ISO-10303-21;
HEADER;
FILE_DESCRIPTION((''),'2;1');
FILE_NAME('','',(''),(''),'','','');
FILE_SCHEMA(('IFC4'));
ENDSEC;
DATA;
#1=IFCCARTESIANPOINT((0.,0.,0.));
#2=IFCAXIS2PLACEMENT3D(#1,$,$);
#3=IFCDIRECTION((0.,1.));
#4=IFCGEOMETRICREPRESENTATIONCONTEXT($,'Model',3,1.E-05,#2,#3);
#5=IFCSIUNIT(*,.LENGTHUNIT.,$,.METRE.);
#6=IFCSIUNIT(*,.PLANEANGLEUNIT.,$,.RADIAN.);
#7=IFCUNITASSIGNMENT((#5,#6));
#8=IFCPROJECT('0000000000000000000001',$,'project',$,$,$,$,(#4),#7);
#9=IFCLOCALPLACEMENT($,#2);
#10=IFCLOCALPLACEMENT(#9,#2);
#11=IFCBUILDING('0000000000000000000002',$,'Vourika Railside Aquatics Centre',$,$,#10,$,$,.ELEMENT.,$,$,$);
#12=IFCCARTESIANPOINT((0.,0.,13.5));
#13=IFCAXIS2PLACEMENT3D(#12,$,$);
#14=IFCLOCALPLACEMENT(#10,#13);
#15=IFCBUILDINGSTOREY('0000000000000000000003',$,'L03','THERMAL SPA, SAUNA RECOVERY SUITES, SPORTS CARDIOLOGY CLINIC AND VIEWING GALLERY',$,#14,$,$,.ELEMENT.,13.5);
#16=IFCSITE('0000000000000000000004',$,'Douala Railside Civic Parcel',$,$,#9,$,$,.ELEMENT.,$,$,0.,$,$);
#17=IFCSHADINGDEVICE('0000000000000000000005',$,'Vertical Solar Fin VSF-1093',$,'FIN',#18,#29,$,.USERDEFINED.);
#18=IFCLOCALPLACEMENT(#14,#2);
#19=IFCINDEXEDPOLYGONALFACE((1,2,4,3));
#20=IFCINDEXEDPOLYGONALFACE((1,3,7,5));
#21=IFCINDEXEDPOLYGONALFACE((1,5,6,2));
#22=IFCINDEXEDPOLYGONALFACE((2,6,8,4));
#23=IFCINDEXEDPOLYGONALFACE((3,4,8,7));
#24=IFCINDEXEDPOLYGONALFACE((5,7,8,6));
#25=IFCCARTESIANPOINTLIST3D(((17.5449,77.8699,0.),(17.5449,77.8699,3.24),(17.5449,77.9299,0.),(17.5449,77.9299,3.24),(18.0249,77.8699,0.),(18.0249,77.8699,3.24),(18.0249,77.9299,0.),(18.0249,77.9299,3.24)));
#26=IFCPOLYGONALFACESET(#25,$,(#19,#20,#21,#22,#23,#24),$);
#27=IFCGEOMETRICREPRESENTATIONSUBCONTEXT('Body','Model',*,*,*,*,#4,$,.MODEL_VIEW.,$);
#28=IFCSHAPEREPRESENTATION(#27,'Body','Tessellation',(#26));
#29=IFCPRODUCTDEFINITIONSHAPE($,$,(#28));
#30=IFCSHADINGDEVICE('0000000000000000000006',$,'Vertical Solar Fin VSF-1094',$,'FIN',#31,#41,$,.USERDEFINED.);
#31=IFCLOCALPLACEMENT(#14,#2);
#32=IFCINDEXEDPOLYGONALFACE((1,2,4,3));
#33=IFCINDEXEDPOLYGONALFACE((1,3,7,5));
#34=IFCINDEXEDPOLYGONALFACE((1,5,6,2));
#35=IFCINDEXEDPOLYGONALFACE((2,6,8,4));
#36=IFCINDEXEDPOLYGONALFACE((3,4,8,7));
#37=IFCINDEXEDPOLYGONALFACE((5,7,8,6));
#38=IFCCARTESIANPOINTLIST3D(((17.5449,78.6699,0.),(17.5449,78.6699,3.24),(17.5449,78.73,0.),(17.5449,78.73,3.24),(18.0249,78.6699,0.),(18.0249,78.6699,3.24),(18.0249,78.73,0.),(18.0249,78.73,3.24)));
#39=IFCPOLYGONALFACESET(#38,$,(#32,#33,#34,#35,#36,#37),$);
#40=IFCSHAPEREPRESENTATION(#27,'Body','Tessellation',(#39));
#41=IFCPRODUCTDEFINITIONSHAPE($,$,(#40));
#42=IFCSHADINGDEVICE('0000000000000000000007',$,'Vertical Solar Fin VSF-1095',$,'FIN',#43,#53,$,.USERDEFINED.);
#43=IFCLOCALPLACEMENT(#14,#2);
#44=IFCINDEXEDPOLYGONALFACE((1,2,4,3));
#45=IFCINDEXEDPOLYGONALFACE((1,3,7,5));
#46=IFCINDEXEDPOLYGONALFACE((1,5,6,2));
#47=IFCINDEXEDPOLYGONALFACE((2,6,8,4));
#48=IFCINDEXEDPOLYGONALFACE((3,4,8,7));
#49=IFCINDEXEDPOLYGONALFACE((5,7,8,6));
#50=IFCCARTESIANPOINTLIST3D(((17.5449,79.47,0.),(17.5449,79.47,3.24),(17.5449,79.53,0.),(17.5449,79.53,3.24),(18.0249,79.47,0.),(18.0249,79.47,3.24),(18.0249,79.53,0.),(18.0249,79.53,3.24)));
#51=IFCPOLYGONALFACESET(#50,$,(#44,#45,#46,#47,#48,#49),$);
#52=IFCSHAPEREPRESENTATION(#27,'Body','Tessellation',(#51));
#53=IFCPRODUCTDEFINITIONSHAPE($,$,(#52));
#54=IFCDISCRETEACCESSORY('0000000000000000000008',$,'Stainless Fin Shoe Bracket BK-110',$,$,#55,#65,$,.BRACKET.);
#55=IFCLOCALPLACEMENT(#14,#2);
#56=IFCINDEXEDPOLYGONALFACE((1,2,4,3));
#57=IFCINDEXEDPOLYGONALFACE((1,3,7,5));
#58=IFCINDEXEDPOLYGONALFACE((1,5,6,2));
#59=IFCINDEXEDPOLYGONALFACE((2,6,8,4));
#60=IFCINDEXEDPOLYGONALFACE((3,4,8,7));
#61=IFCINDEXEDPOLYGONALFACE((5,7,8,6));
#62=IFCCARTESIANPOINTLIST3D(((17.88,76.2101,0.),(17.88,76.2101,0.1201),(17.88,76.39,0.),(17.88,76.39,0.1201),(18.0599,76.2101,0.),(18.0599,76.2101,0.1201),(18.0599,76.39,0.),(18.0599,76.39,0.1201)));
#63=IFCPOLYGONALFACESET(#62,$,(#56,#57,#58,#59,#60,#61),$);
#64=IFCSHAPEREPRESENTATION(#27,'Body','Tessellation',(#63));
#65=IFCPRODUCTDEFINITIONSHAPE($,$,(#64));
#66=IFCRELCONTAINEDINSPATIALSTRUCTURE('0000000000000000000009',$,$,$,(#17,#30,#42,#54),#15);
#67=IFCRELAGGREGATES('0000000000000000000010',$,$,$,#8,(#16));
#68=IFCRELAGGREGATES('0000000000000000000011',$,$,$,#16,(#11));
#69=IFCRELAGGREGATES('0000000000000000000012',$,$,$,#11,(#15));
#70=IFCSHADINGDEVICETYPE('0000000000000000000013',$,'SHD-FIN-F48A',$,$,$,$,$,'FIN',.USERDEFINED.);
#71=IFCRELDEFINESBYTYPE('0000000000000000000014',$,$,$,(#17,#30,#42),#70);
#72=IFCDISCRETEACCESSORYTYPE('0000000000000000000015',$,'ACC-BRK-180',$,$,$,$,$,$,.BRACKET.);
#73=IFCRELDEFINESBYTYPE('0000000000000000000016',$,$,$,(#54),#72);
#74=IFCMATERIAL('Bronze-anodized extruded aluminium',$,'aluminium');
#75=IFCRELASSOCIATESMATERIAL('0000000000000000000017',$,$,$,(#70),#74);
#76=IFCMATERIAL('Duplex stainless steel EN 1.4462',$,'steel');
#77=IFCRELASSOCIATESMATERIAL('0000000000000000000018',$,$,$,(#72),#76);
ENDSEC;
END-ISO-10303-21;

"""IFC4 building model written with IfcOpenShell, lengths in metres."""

from ifc_helpers import new_model, si_unit, direction, frame, origin, origin_2d, place, context, subcontext, project, spatial, rectangle, extrude, material, material_profile, profile_set, type_object, element, save


model = new_model("IFC4")

# Units and contexts
model_context = context("Model", 3, precision=1e-05, world=origin(), true_north=direction((0.0, 1.0)))
body_context = subcontext(model_context, "Body", "Model", "MODEL_VIEW")
ifc_project = project(units=[si_unit("LENGTHUNIT", "METRE"), si_unit("PLANEANGLEUNIT", "RADIAN")], contexts=[model_context])

# Site, building, storey
site_placement = place(None, origin())
site = spatial("IfcSite", under=ifc_project, at=site_placement, Name="Douala Railside Civic Parcel", CompositionType="ELEMENT", RefElevation=0.0)
building_placement = place(site_placement, origin())
building = spatial("IfcBuilding", under=site, at=building_placement, Name="Vourika Railside Aquatics Centre", CompositionType="ELEMENT")
storey_placement = place(building_placement, frame((0.0, 0.0, 13.5)))
storey = spatial("IfcBuildingStorey", under=building, at=storey_placement, Name="L03", Description="THERMAL SPA, SAUNA RECOVERY SUITES, SPORTS CARDIOLOGY CLINIC AND VIEWING GALLERY", CompositionType="ELEMENT", Elevation=13.5)

# Shading devices
ifc_material_1 = material(Name="Bronze-anodized extruded aluminium", Category="aluminium")
ifc_material_profile_1 = material_profile(ifc_material_1, rectangle(XDim=0.0601, YDim=0.48, at=origin_2d()), Name="ALU-FIN 60x480")
ifc_profile_set_1 = profile_set([ifc_material_profile_1], Name="Bronze-anodized extruded aluminium")
shading_device_type = type_object("IfcShadingDeviceType", Name="SHD-FIN-F48A", ElementType="FIN", PredefinedType="USERDEFINED", material=ifc_profile_set_1)
for number, where, z_axis, x_axis, name in (
    (1, (17.7849, 77.8999, 0.0), (0.0, 0.0, 1.0), (0.0, 1.0, 0.0), "Vertical Solar Fin VSF-1093"),
    (2, (17.7849, 78.7, 0.0), (0.0, 0.0, 1.0), (0.0, 1.0, 0.0), "Vertical Solar Fin VSF-1094"),
    (3, (17.7849, 79.5, 0.0), (0.0, 0.0, 1.0), (0.0, 1.0, 0.0), "Vertical Solar Fin VSF-1095"),
):
    element("IfcShadingDevice", number, at=place(storey_placement, frame(where, z_axis=z_axis, x_axis=x_axis)), inside=storey, type_object=shading_device_type, Name=name, ObjectType="FIN", PredefinedType="USERDEFINED", context=body_context, shape_type="SweptSolid", body=[
        extrude(rectangle(XDim=0.0601, YDim=0.48, at=origin_2d()), origin(), (0.0, 0.0, 1.0), 3.24),
    ])

# Discrete accessory
ifc_material_2 = material(Name="Duplex stainless steel EN 1.4462", Category="steel")
discrete_accessory_type = type_object("IfcDiscreteAccessoryType", Name="ACC-BRK-180", PredefinedType="BRACKET", material=ifc_material_2)
discrete_accessory_placement = place(storey_placement, frame((17.97, 76.3, 0.0), z_axis=(0.0, 0.0, 1.0), x_axis=(-1.0, 0.0, 0.0)))
element("IfcDiscreteAccessory", 4, at=discrete_accessory_placement, inside=storey, type_object=discrete_accessory_type, Name="Stainless Fin Shoe Bracket BK-110", PredefinedType="BRACKET", context=body_context, shape_type="SweptSolid", body=[
    extrude(rectangle(XDim=0.1799, YDim=0.1799, at=origin_2d()), origin(), (0.0, 0.0, 1.0), 0.1201),
])

save(model, "model.ifc")
